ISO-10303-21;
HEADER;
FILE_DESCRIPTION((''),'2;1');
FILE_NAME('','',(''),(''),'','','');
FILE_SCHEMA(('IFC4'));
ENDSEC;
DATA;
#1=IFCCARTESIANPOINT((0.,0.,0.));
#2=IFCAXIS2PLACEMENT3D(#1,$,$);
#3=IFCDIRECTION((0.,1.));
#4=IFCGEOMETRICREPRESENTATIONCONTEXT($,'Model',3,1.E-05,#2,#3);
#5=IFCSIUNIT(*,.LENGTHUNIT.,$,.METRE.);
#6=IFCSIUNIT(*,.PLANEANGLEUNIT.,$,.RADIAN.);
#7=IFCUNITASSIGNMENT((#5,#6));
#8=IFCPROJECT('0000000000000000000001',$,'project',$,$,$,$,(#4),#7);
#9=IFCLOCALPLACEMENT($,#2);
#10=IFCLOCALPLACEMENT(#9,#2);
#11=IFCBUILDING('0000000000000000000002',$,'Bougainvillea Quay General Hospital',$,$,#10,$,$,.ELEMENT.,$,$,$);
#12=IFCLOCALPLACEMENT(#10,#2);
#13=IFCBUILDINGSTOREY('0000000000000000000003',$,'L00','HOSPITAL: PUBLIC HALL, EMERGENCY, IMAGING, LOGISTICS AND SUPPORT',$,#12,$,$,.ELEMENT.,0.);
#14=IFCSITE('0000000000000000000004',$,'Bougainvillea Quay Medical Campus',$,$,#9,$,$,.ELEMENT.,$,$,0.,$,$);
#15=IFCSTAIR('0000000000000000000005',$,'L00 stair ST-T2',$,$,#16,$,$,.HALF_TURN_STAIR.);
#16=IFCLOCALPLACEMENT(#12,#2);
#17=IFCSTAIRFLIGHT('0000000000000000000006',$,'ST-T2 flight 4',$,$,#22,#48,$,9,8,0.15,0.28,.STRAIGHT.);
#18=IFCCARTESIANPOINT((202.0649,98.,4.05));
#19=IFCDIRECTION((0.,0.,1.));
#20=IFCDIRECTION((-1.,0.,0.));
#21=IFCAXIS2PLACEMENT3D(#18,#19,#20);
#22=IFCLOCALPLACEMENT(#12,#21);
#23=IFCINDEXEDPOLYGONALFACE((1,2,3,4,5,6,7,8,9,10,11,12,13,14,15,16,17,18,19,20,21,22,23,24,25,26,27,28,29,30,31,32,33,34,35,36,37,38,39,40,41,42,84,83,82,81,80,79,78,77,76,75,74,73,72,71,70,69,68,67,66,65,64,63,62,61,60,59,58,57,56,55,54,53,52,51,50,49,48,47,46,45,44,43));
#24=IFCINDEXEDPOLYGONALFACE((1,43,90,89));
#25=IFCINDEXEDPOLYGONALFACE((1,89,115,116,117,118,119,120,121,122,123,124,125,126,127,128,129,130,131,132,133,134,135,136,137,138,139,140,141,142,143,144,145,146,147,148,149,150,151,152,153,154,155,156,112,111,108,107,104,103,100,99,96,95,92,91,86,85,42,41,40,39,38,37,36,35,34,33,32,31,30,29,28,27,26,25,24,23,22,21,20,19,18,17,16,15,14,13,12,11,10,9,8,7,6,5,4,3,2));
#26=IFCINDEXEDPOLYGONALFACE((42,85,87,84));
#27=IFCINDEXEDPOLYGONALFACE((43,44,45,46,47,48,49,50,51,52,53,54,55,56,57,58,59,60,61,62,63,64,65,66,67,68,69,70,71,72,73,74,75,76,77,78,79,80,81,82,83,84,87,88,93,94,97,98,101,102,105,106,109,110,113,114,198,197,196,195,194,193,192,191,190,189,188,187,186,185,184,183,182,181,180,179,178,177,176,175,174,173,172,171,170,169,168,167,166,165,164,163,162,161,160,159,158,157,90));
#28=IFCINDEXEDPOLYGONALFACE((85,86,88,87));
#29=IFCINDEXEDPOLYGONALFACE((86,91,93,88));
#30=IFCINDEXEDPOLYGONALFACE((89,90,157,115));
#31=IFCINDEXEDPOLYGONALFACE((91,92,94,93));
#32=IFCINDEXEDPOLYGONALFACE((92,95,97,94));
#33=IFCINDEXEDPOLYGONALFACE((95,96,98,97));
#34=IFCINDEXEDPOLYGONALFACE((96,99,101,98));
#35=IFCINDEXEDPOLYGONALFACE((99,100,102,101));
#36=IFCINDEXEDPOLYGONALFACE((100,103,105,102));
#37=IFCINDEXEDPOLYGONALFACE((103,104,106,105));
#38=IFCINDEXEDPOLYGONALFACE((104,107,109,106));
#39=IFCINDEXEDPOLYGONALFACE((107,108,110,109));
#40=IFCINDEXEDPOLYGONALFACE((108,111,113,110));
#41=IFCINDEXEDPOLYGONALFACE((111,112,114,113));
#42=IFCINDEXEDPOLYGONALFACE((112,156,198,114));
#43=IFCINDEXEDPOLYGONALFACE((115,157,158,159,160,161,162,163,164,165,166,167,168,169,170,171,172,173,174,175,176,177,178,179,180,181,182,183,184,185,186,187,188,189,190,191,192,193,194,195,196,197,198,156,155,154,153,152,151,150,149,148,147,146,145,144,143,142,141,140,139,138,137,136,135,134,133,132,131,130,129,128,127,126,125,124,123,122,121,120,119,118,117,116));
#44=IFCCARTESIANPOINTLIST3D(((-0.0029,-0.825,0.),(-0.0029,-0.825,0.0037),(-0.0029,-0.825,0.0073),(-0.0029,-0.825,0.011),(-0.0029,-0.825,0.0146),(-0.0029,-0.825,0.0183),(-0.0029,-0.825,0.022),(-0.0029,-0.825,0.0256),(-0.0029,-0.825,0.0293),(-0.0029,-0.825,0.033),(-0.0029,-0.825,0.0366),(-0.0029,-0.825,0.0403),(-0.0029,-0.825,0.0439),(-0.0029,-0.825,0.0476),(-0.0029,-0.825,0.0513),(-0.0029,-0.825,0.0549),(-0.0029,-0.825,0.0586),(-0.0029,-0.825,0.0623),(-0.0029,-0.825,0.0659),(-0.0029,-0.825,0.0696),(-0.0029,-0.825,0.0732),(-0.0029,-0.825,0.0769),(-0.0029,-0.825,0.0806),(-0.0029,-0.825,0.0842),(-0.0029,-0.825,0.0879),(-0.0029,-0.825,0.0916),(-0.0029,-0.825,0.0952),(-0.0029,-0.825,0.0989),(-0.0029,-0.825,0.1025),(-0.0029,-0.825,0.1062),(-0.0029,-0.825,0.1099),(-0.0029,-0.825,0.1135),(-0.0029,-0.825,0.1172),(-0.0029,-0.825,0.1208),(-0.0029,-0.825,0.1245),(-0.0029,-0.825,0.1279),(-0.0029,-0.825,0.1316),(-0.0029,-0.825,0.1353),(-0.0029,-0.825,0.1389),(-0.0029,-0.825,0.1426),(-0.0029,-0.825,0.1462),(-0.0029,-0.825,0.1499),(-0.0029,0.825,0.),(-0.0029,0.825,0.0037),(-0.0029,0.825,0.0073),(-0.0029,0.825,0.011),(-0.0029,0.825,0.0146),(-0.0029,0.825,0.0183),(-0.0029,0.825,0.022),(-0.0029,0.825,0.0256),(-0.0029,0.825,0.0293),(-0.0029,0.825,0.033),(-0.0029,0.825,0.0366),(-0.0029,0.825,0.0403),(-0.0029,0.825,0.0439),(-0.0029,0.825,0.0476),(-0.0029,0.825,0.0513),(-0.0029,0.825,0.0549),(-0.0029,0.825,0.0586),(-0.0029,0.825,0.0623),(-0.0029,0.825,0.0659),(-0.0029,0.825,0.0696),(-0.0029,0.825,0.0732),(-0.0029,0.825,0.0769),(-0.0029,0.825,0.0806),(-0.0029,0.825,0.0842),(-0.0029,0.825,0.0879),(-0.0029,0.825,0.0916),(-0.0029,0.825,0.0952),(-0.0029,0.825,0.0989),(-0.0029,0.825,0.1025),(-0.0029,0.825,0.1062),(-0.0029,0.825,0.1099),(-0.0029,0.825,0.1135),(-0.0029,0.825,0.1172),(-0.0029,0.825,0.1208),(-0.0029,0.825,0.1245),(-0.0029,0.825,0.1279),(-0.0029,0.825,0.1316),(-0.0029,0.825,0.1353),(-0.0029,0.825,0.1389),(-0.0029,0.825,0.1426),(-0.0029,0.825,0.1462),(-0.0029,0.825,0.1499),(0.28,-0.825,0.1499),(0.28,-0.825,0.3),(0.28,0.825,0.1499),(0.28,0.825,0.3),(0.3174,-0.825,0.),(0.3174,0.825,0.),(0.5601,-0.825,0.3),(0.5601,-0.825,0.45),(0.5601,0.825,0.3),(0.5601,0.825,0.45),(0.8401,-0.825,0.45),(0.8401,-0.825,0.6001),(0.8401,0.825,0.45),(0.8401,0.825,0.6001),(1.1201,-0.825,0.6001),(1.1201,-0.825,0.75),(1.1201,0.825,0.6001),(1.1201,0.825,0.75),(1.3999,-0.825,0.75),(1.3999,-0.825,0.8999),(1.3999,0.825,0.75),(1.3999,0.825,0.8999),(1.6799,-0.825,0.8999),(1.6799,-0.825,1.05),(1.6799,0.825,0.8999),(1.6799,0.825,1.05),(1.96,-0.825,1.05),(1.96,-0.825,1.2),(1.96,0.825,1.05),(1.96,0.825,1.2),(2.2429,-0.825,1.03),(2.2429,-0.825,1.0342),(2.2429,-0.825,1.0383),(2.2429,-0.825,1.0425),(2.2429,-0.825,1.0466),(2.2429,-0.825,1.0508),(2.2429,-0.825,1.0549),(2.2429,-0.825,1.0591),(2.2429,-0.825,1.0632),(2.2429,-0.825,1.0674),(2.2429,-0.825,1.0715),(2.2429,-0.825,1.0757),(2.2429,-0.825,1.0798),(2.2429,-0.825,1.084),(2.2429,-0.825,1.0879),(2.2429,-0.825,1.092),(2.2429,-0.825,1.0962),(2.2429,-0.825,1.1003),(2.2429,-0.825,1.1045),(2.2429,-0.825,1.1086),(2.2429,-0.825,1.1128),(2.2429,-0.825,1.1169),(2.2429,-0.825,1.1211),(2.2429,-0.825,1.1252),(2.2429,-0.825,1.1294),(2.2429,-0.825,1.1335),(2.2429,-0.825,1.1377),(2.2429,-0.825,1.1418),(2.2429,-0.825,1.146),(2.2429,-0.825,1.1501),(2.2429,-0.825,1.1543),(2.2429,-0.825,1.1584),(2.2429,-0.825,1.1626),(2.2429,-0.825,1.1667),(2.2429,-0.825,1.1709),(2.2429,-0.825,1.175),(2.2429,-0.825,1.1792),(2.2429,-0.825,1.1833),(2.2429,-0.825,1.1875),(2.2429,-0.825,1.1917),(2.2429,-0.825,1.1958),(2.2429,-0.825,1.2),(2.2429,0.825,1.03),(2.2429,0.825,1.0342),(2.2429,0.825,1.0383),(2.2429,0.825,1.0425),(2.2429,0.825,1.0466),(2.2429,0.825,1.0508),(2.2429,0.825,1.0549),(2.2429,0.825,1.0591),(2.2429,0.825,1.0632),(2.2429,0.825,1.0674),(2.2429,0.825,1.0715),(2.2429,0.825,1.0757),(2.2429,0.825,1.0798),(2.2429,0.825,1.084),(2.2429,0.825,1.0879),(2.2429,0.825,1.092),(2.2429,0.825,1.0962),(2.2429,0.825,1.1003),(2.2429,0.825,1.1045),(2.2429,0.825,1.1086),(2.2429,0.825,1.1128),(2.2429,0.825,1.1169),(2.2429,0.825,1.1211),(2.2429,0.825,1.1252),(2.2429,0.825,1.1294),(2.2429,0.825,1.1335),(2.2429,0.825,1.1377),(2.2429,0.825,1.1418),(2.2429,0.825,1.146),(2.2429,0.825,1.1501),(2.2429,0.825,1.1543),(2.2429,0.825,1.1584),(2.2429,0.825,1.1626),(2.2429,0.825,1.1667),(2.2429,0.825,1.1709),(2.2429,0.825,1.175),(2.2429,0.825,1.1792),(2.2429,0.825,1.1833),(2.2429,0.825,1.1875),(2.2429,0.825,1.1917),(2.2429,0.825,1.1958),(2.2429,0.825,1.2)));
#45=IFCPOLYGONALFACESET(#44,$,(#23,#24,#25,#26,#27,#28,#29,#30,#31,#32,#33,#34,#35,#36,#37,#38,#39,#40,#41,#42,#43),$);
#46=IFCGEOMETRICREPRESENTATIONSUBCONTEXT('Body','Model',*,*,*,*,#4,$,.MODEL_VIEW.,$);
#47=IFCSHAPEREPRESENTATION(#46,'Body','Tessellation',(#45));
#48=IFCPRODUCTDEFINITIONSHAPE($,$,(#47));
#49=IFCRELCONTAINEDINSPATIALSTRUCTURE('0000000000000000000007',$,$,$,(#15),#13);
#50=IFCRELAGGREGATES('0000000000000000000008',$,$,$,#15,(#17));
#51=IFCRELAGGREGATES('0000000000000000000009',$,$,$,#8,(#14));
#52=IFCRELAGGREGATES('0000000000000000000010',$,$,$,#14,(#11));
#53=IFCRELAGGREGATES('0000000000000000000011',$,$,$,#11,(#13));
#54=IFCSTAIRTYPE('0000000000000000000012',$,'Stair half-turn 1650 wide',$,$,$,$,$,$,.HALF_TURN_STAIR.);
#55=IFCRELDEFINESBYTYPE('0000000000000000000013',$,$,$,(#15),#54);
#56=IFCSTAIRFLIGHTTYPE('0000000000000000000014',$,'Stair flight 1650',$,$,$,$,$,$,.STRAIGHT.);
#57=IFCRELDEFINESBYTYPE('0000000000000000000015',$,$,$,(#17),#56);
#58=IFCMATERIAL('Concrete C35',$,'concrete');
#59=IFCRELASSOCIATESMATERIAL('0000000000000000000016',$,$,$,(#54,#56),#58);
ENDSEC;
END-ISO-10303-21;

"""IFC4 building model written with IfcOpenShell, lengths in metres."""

from ifc_helpers import new_model, si_unit, direction, frame, origin, place, context, subcontext, project, spatial, polyline, outline, extrude, material, type_object, element, aggregate, save


model = new_model("IFC4")

# Units and contexts
model_context = context("Model", 3, precision=1e-05, world=origin(), true_north=direction((0.0, 1.0)))
body_context = subcontext(model_context, "Body", "Model", "MODEL_VIEW")
ifc_project = project(units=[si_unit("LENGTHUNIT", "METRE"), si_unit("PLANEANGLEUNIT", "RADIAN")], contexts=[model_context])

# Site, building, storey
site_placement = place(None, origin())
site = spatial("IfcSite", under=ifc_project, at=site_placement, Name="Bougainvillea Quay Medical Campus", CompositionType="ELEMENT", RefElevation=0.0)
building_placement = place(site_placement, origin())
building = spatial("IfcBuilding", under=site, at=building_placement, Name="Bougainvillea Quay General Hospital", CompositionType="ELEMENT")
storey_placement = place(building_placement, origin())
storey = spatial("IfcBuildingStorey", under=building, at=storey_placement, Name="L00", Description="HOSPITAL: PUBLIC HALL, EMERGENCY, IMAGING, LOGISTICS AND SUPPORT", CompositionType="ELEMENT", Elevation=0.0)

# Stair, stair flight
ifc_material_1 = material(Name="Concrete C35", Category="concrete")
stair_type = type_object("IfcStairType", Name="Stair half-turn 1650 wide", PredefinedType="HALF_TURN_STAIR", material=ifc_material_1)
stair_placement = place(storey_placement, origin())
stair = element("IfcStair", 1, at=stair_placement, inside=storey, type_object=stair_type, Name="L00 stair ST-T2", PredefinedType="HALF_TURN_STAIR")
stair_flight_type = type_object("IfcStairFlightType", Name="Stair flight 1650", PredefinedType="STRAIGHT", material=ifc_material_1)
stair_flight_1_placement = place(storey_placement, frame((202.0649, 98.0, 4.05), z_axis=(0.0, 0.0, 1.0), x_axis=(-1.0, 0.0, 0.0)))
stair_flight_1 = element("IfcStairFlight", 2, at=stair_flight_1_placement, type_object=stair_flight_type, Name="ST-T2 flight 4", NumberOfRisers=9, NumberOfTreads=8, PredefinedType="STRAIGHT", RiserHeight=0.15, TreadLength=0.28, context=body_context, shape_type="SweptSolid", body=[
    extrude(outline(polyline([(-0.0029, 0.0), (-0.0029, 0.0037), (-0.0029, 0.0073), (-0.0029, 0.011), (-0.0029, 0.0146), (-0.0029, 0.0183), (-0.0029, 0.022), (-0.0029, 0.0256), (-0.0029, 0.0293), (-0.0029, 0.033), (-0.0029, 0.0366), (-0.0029, 0.0403), (-0.0029, 0.0439), (-0.0029, 0.0476), (-0.0029, 0.0513), (-0.0029, 0.0549), (-0.0029, 0.0586), (-0.0029, 0.0623), (-0.0029, 0.0659), (-0.0029, 0.0696), (-0.0029, 0.0732), (-0.0029, 0.0769), (-0.0029, 0.0806), (-0.0029, 0.0842), (-0.0029, 0.0879), (-0.0029, 0.0916), (-0.0029, 0.0952), (-0.0029, 0.0989), (-0.0029, 0.1025), (-0.0029, 0.1062), (-0.0029, 0.1099), (-0.0029, 0.1135), (-0.0029, 0.1172), (-0.0029, 0.1208), (-0.0029, 0.1245), (-0.0029, 0.1279), (-0.0029, 0.1316), (-0.0029, 0.1353), (-0.0029, 0.1389), (-0.0029, 0.1426), (-0.0029, 0.1462), (-0.0029, 0.1499), (0.28, 0.1499), (0.28, 0.3), (0.5601, 0.3), (0.5601, 0.45), (0.8401, 0.45), (0.8401, 0.6001), (1.1201, 0.6001), (1.1201, 0.75), (1.3999, 0.75), (1.3999, 0.8999), (1.6799, 0.8999), (1.6799, 1.05), (1.96, 1.05), (1.96, 1.2), (2.2429, 1.2), (2.2429, 1.1958), (2.2429, 1.1917), (2.2429, 1.1875), (2.2429, 1.1833), (2.2429, 1.1792), (2.2429, 1.175), (2.2429, 1.1709), (2.2429, 1.1667), (2.2429, 1.1626), (2.2429, 1.1584), (2.2429, 1.1543), (2.2429, 1.1501), (2.2429, 1.146), (2.2429, 1.1418), (2.2429, 1.1377), (2.2429, 1.1335), (2.2429, 1.1294), (2.2429, 1.1252), (2.2429, 1.1211), (2.2429, 1.1169), (2.2429, 1.1128), (2.2429, 1.1086), (2.2429, 1.1045), (2.2429, 1.1003), (2.2429, 1.0962), (2.2429, 1.092), (2.2429, 1.0879), (2.2429, 1.084), (2.2429, 1.0798), (2.2429, 1.0757), (2.2429, 1.0715), (2.2429, 1.0674), (2.2429, 1.0632), (2.2429, 1.0591), (2.2429, 1.0549), (2.2429, 1.0508), (2.2429, 1.0466), (2.2429, 1.0425), (2.2429, 1.0383), (2.2429, 1.0342), (2.2429, 1.03), (0.3174, 0.0), (-0.0029, 0.0)])), frame((0.0, 0.825, 0.0), z_axis=(0.0, -1.0, 0.0), x_axis=(1.0, 0.0, 0.0)), (0.0, 0.0, 1.0), 1.6499),
])
aggregate(stair, [stair_flight_1])

save(model, "model.ifc")
